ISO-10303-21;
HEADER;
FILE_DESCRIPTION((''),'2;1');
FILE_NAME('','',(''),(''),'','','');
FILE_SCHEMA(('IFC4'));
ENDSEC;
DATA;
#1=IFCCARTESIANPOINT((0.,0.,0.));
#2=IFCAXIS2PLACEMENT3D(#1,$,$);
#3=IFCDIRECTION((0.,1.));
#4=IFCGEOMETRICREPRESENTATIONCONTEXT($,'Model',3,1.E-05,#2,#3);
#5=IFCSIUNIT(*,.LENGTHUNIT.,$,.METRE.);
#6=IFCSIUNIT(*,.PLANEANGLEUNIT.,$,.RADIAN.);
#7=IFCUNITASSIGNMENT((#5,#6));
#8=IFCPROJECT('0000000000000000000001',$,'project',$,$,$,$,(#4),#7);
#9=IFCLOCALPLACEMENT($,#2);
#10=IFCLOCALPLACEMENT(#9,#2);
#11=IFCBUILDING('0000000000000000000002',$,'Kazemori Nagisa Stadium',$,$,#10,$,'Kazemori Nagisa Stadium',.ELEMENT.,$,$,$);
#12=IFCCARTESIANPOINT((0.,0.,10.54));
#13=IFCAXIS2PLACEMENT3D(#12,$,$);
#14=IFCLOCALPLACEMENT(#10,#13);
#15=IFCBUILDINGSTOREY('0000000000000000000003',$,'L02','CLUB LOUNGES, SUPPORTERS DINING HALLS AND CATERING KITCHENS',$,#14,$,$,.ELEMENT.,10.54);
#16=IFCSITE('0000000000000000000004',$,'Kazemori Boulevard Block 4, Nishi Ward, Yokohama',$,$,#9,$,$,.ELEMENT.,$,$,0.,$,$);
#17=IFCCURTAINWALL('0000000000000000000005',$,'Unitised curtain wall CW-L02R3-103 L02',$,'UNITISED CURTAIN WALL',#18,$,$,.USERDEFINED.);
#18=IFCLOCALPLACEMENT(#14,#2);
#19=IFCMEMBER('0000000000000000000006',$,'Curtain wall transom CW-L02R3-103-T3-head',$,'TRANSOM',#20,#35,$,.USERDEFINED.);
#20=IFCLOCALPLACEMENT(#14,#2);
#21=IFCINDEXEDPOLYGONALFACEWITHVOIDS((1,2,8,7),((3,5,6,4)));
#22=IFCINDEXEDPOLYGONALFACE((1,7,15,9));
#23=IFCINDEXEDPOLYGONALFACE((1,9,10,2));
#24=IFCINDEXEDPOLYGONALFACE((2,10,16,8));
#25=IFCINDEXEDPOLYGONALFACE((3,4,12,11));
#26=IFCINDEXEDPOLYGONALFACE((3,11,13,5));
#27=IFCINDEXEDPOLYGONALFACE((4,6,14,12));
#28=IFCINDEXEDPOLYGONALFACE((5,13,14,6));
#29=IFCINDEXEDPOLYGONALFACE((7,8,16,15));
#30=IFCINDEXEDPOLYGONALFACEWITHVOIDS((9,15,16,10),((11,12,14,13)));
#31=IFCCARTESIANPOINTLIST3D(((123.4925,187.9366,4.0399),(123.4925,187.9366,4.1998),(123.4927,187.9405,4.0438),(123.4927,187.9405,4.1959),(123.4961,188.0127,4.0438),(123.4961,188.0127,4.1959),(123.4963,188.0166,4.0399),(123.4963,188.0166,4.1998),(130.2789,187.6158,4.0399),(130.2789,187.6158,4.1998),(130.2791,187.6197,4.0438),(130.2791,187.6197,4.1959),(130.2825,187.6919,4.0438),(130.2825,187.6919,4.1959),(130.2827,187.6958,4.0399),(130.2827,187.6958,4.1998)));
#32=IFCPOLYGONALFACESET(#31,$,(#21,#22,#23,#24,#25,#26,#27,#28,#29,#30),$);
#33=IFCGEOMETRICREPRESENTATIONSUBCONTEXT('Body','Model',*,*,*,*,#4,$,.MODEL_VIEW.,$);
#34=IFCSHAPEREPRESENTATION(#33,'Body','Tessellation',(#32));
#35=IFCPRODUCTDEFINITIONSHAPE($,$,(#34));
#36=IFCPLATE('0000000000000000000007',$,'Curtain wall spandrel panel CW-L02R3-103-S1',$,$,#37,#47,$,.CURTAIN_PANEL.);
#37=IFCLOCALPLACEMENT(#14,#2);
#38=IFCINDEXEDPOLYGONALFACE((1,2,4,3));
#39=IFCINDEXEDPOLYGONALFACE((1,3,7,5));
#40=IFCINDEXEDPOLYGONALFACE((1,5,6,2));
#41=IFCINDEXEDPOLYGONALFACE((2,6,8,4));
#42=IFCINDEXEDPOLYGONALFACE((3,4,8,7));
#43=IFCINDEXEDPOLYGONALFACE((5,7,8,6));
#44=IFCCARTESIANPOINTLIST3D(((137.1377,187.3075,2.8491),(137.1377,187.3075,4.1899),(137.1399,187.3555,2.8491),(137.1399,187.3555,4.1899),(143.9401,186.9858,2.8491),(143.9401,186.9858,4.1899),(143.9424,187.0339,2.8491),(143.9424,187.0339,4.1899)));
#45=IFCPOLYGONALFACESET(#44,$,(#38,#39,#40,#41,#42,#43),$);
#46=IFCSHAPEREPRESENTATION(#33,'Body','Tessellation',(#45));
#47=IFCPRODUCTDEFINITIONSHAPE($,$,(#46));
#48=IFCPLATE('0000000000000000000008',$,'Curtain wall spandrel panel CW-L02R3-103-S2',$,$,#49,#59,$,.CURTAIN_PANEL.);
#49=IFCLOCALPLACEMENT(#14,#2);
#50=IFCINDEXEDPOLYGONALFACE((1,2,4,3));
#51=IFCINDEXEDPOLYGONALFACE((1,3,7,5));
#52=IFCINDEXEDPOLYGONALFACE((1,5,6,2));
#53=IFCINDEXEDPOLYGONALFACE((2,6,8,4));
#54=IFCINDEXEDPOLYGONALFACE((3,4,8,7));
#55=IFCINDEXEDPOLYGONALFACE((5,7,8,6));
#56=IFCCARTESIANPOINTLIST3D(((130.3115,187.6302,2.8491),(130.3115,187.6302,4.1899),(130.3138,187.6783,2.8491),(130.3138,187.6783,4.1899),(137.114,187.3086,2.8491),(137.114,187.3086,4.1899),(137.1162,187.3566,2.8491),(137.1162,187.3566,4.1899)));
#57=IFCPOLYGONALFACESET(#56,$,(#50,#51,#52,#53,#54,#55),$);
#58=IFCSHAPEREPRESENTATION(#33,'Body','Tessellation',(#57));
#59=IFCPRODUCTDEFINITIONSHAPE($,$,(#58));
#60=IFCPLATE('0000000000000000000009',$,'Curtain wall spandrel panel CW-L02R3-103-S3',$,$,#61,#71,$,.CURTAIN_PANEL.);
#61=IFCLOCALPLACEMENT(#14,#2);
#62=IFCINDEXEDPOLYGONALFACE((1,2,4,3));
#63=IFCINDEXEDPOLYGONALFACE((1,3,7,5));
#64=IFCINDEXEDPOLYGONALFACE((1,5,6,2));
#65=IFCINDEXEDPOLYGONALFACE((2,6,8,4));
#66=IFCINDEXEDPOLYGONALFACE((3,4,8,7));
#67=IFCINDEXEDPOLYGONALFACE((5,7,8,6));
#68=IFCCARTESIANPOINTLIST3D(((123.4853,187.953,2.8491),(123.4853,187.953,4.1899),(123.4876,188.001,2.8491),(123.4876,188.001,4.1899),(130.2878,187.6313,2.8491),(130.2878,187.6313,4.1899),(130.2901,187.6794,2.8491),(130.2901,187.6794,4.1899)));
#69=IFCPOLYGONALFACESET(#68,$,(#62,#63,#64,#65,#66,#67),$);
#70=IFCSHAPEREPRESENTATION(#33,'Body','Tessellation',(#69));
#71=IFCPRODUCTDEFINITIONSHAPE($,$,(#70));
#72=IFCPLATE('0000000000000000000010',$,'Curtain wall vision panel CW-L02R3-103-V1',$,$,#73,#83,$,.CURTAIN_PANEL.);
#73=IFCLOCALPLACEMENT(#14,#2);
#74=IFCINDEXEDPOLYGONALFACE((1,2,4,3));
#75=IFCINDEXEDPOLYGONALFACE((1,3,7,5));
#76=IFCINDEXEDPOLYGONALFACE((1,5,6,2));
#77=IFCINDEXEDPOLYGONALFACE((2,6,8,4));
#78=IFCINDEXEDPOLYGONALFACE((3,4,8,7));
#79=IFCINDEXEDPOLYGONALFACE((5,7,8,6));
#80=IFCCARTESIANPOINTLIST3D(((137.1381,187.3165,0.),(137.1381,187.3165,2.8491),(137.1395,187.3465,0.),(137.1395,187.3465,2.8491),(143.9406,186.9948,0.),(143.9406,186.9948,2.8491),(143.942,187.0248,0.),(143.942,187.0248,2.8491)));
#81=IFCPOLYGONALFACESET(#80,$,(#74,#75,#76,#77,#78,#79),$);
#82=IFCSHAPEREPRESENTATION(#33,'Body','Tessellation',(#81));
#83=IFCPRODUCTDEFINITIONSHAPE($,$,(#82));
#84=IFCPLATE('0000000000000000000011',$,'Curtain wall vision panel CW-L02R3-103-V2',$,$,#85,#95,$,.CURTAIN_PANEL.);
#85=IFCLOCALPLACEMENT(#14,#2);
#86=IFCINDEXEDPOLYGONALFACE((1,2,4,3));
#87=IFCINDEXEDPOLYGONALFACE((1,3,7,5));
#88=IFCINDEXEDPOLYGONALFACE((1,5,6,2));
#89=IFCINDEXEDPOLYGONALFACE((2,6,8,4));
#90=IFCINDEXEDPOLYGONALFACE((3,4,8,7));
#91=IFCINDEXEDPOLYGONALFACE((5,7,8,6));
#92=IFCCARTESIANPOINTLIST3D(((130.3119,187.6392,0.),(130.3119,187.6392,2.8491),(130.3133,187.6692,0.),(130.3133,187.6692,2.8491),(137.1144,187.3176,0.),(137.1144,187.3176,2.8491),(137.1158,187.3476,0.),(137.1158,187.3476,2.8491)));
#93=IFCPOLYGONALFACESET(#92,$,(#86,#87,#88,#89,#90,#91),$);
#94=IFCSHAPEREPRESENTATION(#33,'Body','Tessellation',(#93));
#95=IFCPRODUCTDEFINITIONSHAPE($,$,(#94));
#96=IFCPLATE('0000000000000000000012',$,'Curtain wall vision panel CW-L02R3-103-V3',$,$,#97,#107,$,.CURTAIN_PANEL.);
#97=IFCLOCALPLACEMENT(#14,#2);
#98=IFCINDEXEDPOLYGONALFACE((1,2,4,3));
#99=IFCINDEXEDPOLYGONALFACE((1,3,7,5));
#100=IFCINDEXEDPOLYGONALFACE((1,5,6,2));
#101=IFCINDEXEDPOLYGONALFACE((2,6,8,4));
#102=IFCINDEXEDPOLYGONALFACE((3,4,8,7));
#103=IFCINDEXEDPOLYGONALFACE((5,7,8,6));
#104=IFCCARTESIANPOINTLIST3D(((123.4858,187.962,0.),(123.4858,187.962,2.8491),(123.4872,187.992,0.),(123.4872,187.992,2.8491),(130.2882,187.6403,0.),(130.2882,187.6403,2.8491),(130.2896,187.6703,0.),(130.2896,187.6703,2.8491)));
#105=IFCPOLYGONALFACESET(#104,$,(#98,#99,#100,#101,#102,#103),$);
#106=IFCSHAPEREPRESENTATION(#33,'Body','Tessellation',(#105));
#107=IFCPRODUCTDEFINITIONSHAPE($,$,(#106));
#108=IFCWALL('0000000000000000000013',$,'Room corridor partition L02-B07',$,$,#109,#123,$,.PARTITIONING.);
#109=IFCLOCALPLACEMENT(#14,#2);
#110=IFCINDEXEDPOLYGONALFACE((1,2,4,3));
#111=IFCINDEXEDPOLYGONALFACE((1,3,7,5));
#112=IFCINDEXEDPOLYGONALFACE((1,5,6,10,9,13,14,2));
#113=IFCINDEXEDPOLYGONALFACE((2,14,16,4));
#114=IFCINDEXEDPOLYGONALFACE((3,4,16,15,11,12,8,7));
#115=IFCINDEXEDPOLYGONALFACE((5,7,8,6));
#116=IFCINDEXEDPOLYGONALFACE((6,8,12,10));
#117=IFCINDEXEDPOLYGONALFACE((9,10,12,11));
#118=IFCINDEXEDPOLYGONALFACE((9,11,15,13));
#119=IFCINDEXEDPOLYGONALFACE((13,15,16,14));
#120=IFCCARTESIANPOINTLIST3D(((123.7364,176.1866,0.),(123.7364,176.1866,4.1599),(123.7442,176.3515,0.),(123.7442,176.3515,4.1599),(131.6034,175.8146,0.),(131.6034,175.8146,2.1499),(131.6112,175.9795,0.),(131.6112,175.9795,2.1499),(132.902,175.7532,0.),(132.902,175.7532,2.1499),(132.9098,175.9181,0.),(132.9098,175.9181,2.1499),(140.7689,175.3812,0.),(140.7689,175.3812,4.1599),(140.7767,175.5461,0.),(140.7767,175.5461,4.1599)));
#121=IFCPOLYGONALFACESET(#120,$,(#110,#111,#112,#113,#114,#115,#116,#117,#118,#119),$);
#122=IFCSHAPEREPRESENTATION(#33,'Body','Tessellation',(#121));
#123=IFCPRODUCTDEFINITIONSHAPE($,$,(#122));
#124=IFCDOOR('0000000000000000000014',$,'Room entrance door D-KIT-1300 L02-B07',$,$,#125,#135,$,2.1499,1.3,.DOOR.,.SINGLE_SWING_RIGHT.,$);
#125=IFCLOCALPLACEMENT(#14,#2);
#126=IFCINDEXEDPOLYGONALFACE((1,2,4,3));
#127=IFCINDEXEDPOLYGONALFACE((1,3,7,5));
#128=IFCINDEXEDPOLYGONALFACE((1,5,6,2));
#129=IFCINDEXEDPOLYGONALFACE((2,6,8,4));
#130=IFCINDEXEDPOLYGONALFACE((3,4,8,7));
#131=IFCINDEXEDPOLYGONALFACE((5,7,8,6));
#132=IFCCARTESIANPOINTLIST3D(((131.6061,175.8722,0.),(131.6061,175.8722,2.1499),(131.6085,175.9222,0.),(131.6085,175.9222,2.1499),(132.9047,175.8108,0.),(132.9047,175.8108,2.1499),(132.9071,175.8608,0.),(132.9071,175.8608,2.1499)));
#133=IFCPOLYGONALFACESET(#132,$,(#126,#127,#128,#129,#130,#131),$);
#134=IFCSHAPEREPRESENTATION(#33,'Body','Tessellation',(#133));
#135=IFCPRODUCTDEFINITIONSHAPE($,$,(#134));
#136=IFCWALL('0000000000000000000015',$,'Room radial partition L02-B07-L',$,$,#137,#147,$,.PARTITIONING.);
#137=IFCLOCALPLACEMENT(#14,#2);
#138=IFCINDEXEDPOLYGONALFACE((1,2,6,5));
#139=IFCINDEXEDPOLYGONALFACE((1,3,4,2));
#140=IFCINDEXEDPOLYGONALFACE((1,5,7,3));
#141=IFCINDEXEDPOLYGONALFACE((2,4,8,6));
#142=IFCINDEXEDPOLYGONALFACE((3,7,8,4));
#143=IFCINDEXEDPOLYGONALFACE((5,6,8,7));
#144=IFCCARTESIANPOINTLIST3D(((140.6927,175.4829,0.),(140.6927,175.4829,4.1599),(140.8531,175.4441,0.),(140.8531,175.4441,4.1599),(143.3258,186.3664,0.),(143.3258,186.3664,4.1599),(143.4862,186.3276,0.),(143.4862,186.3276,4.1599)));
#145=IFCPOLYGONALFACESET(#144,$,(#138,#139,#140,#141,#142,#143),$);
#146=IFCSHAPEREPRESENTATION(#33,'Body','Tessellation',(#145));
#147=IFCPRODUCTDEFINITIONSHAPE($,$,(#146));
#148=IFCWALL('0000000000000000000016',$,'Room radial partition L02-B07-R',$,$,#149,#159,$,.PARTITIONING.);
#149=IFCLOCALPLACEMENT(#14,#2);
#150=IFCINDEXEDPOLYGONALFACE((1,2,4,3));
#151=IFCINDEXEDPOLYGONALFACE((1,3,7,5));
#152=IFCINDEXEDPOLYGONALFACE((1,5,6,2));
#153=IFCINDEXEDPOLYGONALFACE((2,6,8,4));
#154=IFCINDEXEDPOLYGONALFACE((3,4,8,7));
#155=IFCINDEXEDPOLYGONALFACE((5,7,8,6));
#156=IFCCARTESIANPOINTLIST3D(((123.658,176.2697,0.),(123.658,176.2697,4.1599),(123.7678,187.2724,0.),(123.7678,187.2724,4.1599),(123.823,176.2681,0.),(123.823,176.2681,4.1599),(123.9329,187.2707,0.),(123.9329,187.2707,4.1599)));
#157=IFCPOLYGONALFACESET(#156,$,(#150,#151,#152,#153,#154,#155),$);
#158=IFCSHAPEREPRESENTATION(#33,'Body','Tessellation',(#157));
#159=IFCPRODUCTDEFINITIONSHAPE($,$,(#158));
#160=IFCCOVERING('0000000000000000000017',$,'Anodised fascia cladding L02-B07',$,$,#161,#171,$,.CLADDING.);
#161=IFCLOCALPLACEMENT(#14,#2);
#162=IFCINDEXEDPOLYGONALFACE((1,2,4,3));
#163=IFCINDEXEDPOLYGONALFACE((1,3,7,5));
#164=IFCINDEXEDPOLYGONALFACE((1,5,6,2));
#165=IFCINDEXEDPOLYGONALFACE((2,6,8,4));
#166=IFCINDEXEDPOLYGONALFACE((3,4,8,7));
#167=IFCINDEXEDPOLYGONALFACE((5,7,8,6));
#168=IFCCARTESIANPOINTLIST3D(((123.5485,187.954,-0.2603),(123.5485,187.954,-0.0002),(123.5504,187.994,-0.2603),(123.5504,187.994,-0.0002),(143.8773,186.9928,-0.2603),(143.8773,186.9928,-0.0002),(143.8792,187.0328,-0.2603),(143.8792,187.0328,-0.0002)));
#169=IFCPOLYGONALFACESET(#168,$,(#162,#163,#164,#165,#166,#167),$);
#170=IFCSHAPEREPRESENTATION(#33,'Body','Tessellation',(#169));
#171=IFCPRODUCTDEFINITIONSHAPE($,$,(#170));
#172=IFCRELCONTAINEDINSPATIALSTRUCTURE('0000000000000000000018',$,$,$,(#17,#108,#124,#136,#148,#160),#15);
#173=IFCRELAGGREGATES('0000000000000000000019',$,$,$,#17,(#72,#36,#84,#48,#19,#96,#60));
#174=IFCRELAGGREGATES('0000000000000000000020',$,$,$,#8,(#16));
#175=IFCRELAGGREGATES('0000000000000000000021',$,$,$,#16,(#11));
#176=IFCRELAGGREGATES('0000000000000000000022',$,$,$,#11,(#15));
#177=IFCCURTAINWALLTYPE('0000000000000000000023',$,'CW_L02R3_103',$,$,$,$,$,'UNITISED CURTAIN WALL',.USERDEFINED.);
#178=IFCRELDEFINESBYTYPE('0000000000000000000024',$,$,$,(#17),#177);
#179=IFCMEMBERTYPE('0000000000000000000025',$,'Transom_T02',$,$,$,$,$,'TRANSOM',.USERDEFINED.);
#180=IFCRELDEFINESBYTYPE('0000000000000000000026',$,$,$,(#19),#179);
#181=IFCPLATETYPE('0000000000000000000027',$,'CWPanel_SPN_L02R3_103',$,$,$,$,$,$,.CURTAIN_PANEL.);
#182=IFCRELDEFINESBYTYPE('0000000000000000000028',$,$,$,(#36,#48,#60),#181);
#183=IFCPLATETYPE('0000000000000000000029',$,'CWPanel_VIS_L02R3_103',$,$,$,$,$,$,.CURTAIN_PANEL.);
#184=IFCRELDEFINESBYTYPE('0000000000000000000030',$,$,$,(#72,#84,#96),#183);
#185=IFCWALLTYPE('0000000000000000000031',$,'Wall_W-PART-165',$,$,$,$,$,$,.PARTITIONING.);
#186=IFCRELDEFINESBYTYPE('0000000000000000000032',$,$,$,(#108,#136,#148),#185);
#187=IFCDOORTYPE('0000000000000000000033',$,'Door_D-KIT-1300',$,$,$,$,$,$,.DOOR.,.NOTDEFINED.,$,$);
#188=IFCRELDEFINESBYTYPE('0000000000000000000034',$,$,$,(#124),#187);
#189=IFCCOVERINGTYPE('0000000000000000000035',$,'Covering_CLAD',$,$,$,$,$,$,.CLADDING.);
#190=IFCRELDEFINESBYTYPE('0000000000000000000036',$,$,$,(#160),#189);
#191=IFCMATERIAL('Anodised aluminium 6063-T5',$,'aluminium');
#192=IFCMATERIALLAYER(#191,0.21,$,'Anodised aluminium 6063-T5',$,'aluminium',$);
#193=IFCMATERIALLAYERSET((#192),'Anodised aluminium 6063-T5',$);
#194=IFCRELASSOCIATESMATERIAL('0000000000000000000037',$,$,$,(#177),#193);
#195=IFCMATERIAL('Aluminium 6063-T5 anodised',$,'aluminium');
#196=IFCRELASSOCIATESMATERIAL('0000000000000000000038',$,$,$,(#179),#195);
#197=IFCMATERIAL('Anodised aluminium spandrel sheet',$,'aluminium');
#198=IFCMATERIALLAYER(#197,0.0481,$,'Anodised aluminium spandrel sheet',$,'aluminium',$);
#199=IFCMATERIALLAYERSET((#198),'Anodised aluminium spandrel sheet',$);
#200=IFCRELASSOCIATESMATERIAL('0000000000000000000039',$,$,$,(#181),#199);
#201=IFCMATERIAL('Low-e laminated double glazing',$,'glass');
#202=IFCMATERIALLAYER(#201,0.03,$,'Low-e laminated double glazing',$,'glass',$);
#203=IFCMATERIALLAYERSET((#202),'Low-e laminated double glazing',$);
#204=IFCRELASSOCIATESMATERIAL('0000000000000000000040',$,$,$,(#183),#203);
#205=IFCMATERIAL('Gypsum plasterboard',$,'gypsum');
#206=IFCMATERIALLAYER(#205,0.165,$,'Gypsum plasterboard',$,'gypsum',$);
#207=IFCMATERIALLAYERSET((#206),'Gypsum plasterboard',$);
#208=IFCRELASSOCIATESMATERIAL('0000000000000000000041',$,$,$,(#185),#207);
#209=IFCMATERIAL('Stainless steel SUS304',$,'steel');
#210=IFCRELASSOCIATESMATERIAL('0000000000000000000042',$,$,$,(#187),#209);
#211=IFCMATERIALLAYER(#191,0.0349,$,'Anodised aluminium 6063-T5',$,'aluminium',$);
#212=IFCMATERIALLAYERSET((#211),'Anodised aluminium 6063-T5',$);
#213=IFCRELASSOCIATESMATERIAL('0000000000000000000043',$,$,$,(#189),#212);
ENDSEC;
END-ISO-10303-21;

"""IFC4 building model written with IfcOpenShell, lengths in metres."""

from ifc_helpers import new_model, si_unit, direction, frame, frame_2d, origin, origin_2d, place, context, subcontext, project, spatial, rectangle, hollow_rectangle, extrude, material, layer, layer_set, material_profile, profile_set, type_object, element, fill, aggregate, save


model = new_model("IFC4")

# Units and contexts
model_context = context("Model", 3, precision=1e-05, world=origin(), true_north=direction((0.0, 1.0)))
body_context = subcontext(model_context, "Body", "Model", "MODEL_VIEW")
ifc_project = project(units=[si_unit("LENGTHUNIT", "METRE"), si_unit("PLANEANGLEUNIT", "RADIAN")], contexts=[model_context])

# Site, building, storey
site_placement = place(None, origin())
site = spatial("IfcSite", under=ifc_project, at=site_placement, Name="Kazemori Boulevard Block 4, Nishi Ward, Yokohama", CompositionType="ELEMENT", RefElevation=0.0)
building_placement = place(site_placement, origin())
building = spatial("IfcBuilding", under=site, at=building_placement, Name="Kazemori Nagisa Stadium", LongName="Kazemori Nagisa Stadium", CompositionType="ELEMENT")
storey_placement = place(building_placement, frame((0.0, 0.0, 10.54)))
storey = spatial("IfcBuildingStorey", under=building, at=storey_placement, Name="L02", Description="CLUB LOUNGES, SUPPORTERS DINING HALLS AND CATERING KITCHENS", CompositionType="ELEMENT", Elevation=10.54)

# Curtain wall, member, plates
ifc_material_1 = material(Name="Anodised aluminium 6063-T5", Category="aluminium")
ifc_layer_1 = layer(ifc_material_1, 0.21, Name="Anodised aluminium 6063-T5", Category="aluminium")
ifc_layer_set_1 = layer_set([ifc_layer_1], Name="Anodised aluminium 6063-T5")
curtain_wall_type = type_object("IfcCurtainWallType", Name="CW_L02R3_103", ElementType="UNITISED CURTAIN WALL", PredefinedType="USERDEFINED", material=ifc_layer_set_1)
curtain_wall_placement = place(storey_placement, origin())
curtain_wall = element("IfcCurtainWall", 1, at=curtain_wall_placement, inside=storey, type_object=curtain_wall_type, Name="Unitised curtain wall CW-L02R3-103 L02", ObjectType="UNITISED CURTAIN WALL", PredefinedType="USERDEFINED")
ifc_material_2 = material(Name="Aluminium 6063-T5 anodised", Category="aluminium")
ifc_material_profile_1 = material_profile(ifc_material_2, hollow_rectangle(XDim=0.0801, YDim=0.1599, WallThickness=0.0039, at=origin_2d()), Name="ALU-TRAN-80x160x4")
ifc_profile_set_1 = profile_set([ifc_material_profile_1], Name="Aluminium 6063-T5 anodised")
member_type_1 = type_object("IfcMemberType", Name="Transom_T02", ElementType="TRANSOM", PredefinedType="USERDEFINED", material=ifc_profile_set_1)
member_1_placement = place(storey_placement, frame((130.2808, 187.6558, 4.1199), z_axis=(-0.998885, 0.047219, 0.0), x_axis=(-0.047219, -0.998885, 0.0)))
member_1 = element("IfcMember", 2, at=member_1_placement, type_object=member_type_1, Name="Curtain wall transom CW-L02R3-103-T3-head", ObjectType="TRANSOM", PredefinedType="USERDEFINED", context=body_context, shape_type="SweptSolid", body=[
    extrude(hollow_rectangle(XDim=0.0801, YDim=0.1599, WallThickness=0.0039, at=origin_2d()), origin(), (0.0, 0.0, 1.0), 6.7939),
])
ifc_material_3 = material(Name="Anodised aluminium spandrel sheet", Category="aluminium")
ifc_layer_2 = layer(ifc_material_3, 0.0481, Name="Anodised aluminium spandrel sheet", Category="aluminium")
ifc_layer_set_2 = layer_set([ifc_layer_2], Name="Anodised aluminium spandrel sheet")
plate_type_1 = type_object("IfcPlateType", Name="CWPanel_SPN_L02R3_103", PredefinedType="CURTAIN_PANEL", material=ifc_layer_set_2)
plate_1_placement = place(storey_placement, frame((140.54, 187.1707, 2.8491), z_axis=(0.0, 0.0, 1.0), x_axis=(-0.998884, 0.04723, 0.0)))
plate_1 = element("IfcPlate", 3, at=plate_1_placement, type_object=plate_type_1, Name="Curtain wall spandrel panel CW-L02R3-103-S1", PredefinedType="CURTAIN_PANEL", context=body_context, shape_type="SweptSolid", body=[
    extrude(rectangle(XDim=6.8101, YDim=0.0481, at=origin_2d()), origin(), (0.0, 0.0, 1.0), 1.3408),
])
plate_2_placement = place(storey_placement, frame((133.7139, 187.4934, 2.8491), z_axis=(0.0, 0.0, 1.0), x_axis=(-0.998884, 0.04723, 0.0)))
plate_2 = element("IfcPlate", 4, at=plate_2_placement, type_object=plate_type_1, Name="Curtain wall spandrel panel CW-L02R3-103-S2", PredefinedType="CURTAIN_PANEL", context=body_context, shape_type="SweptSolid", body=[
    extrude(rectangle(XDim=6.8101, YDim=0.0481, at=origin_2d()), origin(), (0.0, 0.0, 1.0), 1.3408),
])
plate_3_placement = place(storey_placement, frame((126.8877, 187.8162, 2.8491), z_axis=(0.0, 0.0, 1.0), x_axis=(-0.998884, 0.04723, 0.0)))
plate_3 = element("IfcPlate", 5, at=plate_3_placement, type_object=plate_type_1, Name="Curtain wall spandrel panel CW-L02R3-103-S3", PredefinedType="CURTAIN_PANEL", context=body_context, shape_type="SweptSolid", body=[
    extrude(rectangle(XDim=6.8101, YDim=0.0481, at=origin_2d()), origin(), (0.0, 0.0, 1.0), 1.3408),
])
ifc_material_4 = material(Name="Low-e laminated double glazing", Category="glass")
ifc_layer_3 = layer(ifc_material_4, 0.03, Name="Low-e laminated double glazing", Category="glass")
ifc_layer_set_3 = layer_set([ifc_layer_3], Name="Low-e laminated double glazing")
plate_type_2 = type_object("IfcPlateType", Name="CWPanel_VIS_L02R3_103", PredefinedType="CURTAIN_PANEL", material=ifc_layer_set_3)
plate_4_placement = place(storey_placement, frame((140.54, 187.1707, 0.0), z_axis=(0.0, 0.0, 1.0), x_axis=(-0.998884, 0.04723, 0.0)))
plate_4 = element("IfcPlate", 6, at=plate_4_placement, type_object=plate_type_2, Name="Curtain wall vision panel CW-L02R3-103-V1", PredefinedType="CURTAIN_PANEL", context=body_context, shape_type="SweptSolid", body=[
    extrude(rectangle(XDim=6.8101, YDim=0.03, at=origin_2d()), origin(), (0.0, 0.0, 1.0), 2.8491),
])
plate_5_placement = place(storey_placement, frame((133.7139, 187.4934, 0.0), z_axis=(0.0, 0.0, 1.0), x_axis=(-0.998884, 0.04723, 0.0)))
plate_5 = element("IfcPlate", 7, at=plate_5_placement, type_object=plate_type_2, Name="Curtain wall vision panel CW-L02R3-103-V2", PredefinedType="CURTAIN_PANEL", context=body_context, shape_type="SweptSolid", body=[
    extrude(rectangle(XDim=6.8101, YDim=0.03, at=origin_2d()), origin(), (0.0, 0.0, 1.0), 2.8491),
])
plate_6_placement = place(storey_placement, frame((126.8877, 187.8162, 0.0), z_axis=(0.0, 0.0, 1.0), x_axis=(-0.998884, 0.04723, 0.0)))
plate_6 = element("IfcPlate", 8, at=plate_6_placement, type_object=plate_type_2, Name="Curtain wall vision panel CW-L02R3-103-V3", PredefinedType="CURTAIN_PANEL", context=body_context, shape_type="SweptSolid", body=[
    extrude(rectangle(XDim=6.8101, YDim=0.03, at=origin_2d()), origin(), (0.0, 0.0, 1.0), 2.8491),
])
aggregate(curtain_wall, [plate_4, plate_1, plate_5, plate_2, member_1, plate_6, plate_3])

# Wall, opening, door
ifc_material_5 = material(Name="Gypsum plasterboard", Category="gypsum")
ifc_layer_4 = layer(ifc_material_5, 0.165, Name="Gypsum plasterboard", Category="gypsum")
ifc_layer_set_4 = layer_set([ifc_layer_4], Name="Gypsum plasterboard")
wall_type = type_object("IfcWallType", Name="Wall_W-PART-165", PredefinedType="PARTITIONING", material=ifc_layer_set_4)
wall_1_placement = place(storey_placement, frame((140.7729, 175.4636, 0.0), z_axis=(0.0, 0.0, 1.0), x_axis=(-0.998884, 0.047235, 0.0)))
wall_1 = element("IfcWall", 9, at=wall_1_placement, inside=storey, type_object=wall_type, Name="Room corridor partition L02-B07", PredefinedType="PARTITIONING", context=body_context, shape_type="SweptSolid", body=[
    extrude(rectangle(XDim=17.0515, YDim=0.165, at=frame_2d((8.5259, 0.0))), origin(), (0.0, 0.0, 1.0), 4.1599),
])
opening_placement = place(wall_1_placement, frame((7.876, 0.0, 0.0)))
opening = element("IfcOpeningElement", 10, at=opening_placement, cuts=wall_1, PredefinedType="OPENING", context=body_context, shape_type="SweptSolid", body=[
    extrude(rectangle(XDim=1.3, YDim=2.1499, at=frame_2d((0.6499, 1.075))), frame((0.0, 0.0925, 0.0), z_axis=(0.0, -1.0, 0.0), x_axis=(1.0, 0.0, 0.0)), (0.0, 0.0, 1.0), 0.1851),
])
ifc_material_6 = material(Name="Stainless steel SUS304", Category="steel")
door_type = type_object("IfcDoorType", Name="Door_D-KIT-1300", OperationType="NOTDEFINED", PredefinedType="DOOR", material=ifc_material_6)
door_placement = place(opening_placement, origin())
door = element("IfcDoor", 11, at=door_placement, inside=storey, type_object=door_type, Name="Room entrance door D-KIT-1300 L02-B07", OperationType="SINGLE_SWING_RIGHT", OverallHeight=2.1499, OverallWidth=1.3, PredefinedType="DOOR", context=body_context, shape_type="SweptSolid", body=[
    extrude(rectangle(XDim=1.3, YDim=2.1499, at=frame_2d((0.6499, 1.075))), frame((0.0, 0.0249, 0.0), z_axis=(0.0, -1.0, 0.0), x_axis=(1.0, 0.0, 0.0)), (0.0, 0.0, 1.0), 0.05),
])
fill(opening, door)

# Walls
wall_2_placement = place(storey_placement, frame((140.7729, 175.4636, 0.0), z_axis=(0.0, 0.0, 1.0), x_axis=(0.235146, 0.97196, 0.0)))
element("IfcWall", 12, at=wall_2_placement, inside=storey, type_object=wall_type, Name="Room radial partition L02-B07-L", PredefinedType="PARTITIONING", context=body_context, shape_type="SweptSolid", body=[
    extrude(rectangle(XDim=11.1975, YDim=0.165, at=frame_2d((5.5986, 0.0))), origin(), (0.0, 0.0, 1.0), 4.1599),
])
wall_3_placement = place(storey_placement, frame((123.7405, 176.269, 0.0), z_axis=(0.0, 0.0, 1.0), x_axis=(0.009985, 0.99995, 0.0)))
element("IfcWall", 13, at=wall_3_placement, inside=storey, type_object=wall_type, Name="Room radial partition L02-B07-R", PredefinedType="PARTITIONING", context=body_context, shape_type="SweptSolid", body=[
    extrude(rectangle(XDim=11.0032, YDim=0.165, at=frame_2d((5.5015, 0.0))), origin(), (0.0, 0.0, 1.0), 4.1599),
])

# Covering
ifc_layer_5 = layer(ifc_material_1, 0.0349, Name="Anodised aluminium 6063-T5", Category="aluminium")
ifc_layer_set_5 = layer_set([ifc_layer_5], Name="Anodised aluminium 6063-T5")
covering_type = type_object("IfcCoveringType", Name="Covering_CLAD", PredefinedType="CLADDING", material=ifc_layer_set_5)
covering_placement = place(storey_placement, frame((133.7139, 187.4934, -0.2603), z_axis=(0.0, 0.0, 1.0), x_axis=(-0.998884, 0.04723, 0.0)))
element("IfcCovering", 14, at=covering_placement, inside=storey, type_object=covering_type, Name="Anodised fascia cladding L02-B07", PredefinedType="CLADDING", context=body_context, shape_type="SweptSolid", body=[
    extrude(rectangle(XDim=20.3516, YDim=0.04, at=origin_2d()), origin(), (0.0, 0.0, 1.0), 0.26),
])

save(model, "model.ifc")
